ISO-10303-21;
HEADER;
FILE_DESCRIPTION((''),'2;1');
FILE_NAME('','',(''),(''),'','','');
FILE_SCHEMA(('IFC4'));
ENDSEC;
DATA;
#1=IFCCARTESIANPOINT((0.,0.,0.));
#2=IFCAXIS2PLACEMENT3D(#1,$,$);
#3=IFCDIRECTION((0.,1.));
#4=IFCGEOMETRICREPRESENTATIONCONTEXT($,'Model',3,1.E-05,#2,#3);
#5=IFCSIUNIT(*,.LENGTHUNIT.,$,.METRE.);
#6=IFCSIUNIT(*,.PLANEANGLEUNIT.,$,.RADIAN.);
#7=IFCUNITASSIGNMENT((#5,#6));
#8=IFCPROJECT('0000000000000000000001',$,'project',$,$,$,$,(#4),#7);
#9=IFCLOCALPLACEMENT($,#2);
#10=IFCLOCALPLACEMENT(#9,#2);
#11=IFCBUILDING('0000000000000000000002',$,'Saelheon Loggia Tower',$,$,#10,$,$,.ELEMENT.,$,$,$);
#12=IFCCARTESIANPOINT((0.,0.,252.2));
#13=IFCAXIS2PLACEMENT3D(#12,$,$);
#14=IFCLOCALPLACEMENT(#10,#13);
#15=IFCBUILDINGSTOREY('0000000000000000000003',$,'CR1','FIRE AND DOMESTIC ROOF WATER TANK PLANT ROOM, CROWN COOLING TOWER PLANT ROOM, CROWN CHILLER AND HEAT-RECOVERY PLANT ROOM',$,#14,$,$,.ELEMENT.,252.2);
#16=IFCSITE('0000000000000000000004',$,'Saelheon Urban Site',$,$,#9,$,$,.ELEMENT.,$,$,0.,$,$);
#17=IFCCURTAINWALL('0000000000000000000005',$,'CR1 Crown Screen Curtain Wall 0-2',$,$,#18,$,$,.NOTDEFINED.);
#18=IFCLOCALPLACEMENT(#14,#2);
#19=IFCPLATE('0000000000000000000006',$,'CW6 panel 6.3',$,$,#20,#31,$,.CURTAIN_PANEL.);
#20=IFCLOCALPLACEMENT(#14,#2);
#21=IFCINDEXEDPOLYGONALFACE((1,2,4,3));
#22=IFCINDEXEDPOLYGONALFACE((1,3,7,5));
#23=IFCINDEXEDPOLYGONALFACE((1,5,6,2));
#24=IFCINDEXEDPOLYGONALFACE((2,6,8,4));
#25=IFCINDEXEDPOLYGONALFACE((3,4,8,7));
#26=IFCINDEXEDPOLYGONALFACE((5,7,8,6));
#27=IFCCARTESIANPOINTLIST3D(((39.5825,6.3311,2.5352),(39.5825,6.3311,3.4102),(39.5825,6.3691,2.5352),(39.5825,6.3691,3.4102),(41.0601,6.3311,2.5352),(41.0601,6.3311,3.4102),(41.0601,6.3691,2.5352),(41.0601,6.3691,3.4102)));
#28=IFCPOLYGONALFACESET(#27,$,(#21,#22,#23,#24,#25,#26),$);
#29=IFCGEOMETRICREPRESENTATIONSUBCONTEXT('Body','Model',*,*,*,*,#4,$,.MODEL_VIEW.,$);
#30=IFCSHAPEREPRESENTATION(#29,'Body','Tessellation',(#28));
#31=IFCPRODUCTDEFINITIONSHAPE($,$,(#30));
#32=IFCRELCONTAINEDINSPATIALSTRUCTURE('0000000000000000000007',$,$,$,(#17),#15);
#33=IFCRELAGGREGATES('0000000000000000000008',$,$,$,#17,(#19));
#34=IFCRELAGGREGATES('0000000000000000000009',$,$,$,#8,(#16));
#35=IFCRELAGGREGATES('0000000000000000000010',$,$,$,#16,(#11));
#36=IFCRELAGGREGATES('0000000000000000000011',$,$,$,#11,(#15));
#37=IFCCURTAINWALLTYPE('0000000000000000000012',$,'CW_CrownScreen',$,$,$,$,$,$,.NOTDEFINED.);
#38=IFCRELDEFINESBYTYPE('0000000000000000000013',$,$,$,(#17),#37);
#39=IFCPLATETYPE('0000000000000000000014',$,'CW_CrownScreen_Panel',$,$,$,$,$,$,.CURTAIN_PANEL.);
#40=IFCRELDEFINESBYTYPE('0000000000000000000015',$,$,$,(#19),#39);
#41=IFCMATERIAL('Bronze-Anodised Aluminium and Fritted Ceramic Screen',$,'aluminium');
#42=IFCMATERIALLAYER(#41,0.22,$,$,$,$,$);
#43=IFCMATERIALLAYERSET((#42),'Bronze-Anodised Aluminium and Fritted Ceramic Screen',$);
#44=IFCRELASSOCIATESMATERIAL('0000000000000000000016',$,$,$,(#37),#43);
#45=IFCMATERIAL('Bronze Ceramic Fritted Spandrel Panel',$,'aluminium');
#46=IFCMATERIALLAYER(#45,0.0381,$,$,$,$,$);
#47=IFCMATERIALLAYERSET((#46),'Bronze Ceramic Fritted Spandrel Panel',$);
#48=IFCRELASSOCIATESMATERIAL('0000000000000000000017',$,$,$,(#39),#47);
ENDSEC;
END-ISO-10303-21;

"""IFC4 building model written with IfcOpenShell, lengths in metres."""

from ifc_helpers import new_model, si_unit, direction, frame, origin, origin_2d, place, context, subcontext, project, spatial, rectangle, extrude, source, transform, mapped, material, layer, layer_set, type_object, element, aggregate, save


model = new_model("IFC4")

# Units and contexts
model_context = context("Model", 3, precision=1e-05, world=origin(), true_north=direction((0.0, 1.0)))
body_context = subcontext(model_context, "Body", "Model", "MODEL_VIEW")
ifc_project = project(units=[si_unit("LENGTHUNIT", "METRE"), si_unit("PLANEANGLEUNIT", "RADIAN")], contexts=[model_context])

# Site, building, storey
site_placement = place(None, origin())
site = spatial("IfcSite", under=ifc_project, at=site_placement, Name="Saelheon Urban Site", CompositionType="ELEMENT", RefElevation=0.0)
building_placement = place(site_placement, origin())
building = spatial("IfcBuilding", under=site, at=building_placement, Name="Saelheon Loggia Tower", CompositionType="ELEMENT")
storey_placement = place(building_placement, frame((0.0, 0.0, 252.2)))
storey = spatial("IfcBuildingStorey", under=building, at=storey_placement, Name="CR1", Description="FIRE AND DOMESTIC ROOF WATER TANK PLANT ROOM, CROWN COOLING TOWER PLANT ROOM, CROWN CHILLER AND HEAT-RECOVERY PLANT ROOM", CompositionType="ELEMENT", Elevation=252.2)

# Curtain wall, plate
ifc_material_1 = material(Name="Bronze-Anodised Aluminium and Fritted Ceramic Screen", Category="aluminium")
ifc_layer_1 = layer(ifc_material_1, 0.22)
ifc_layer_set_1 = layer_set([ifc_layer_1], Name="Bronze-Anodised Aluminium and Fritted Ceramic Screen")
curtain_wall_type = type_object("IfcCurtainWallType", Name="CW_CrownScreen", PredefinedType="NOTDEFINED", material=ifc_layer_set_1)
curtain_wall_placement = place(storey_placement, origin())
curtain_wall = element("IfcCurtainWall", 1, at=curtain_wall_placement, inside=storey, type_object=curtain_wall_type, Name="CR1 Crown Screen Curtain Wall 0-2", PredefinedType="NOTDEFINED")
ifc_material_2 = material(Name="Bronze Ceramic Fritted Spandrel Panel", Category="aluminium")
ifc_layer_2 = layer(ifc_material_2, 0.0381)
ifc_layer_set_2 = layer_set([ifc_layer_2], Name="Bronze Ceramic Fritted Spandrel Panel")
plate_type = type_object("IfcPlateType", Name="CW_CrownScreen_Panel", PredefinedType="CURTAIN_PANEL", material=ifc_layer_set_2)
shared_shape_1 = source(origin(), body_context, "Body", "SweptSolid", [
    extrude(rectangle(XDim=1.4775, YDim=0.0381, at=origin_2d()), origin(), (0.0, 0.0, 1.0), 0.875),
])
plate_1_placement = place(storey_placement, frame((40.3213, 6.3501, 2.5352), z_axis=(0.0, 0.0, 1.0), x_axis=(1.0, 0.0, 0.0)))
plate_1 = element("IfcPlate", 2, at=plate_1_placement, type_object=plate_type, Name="CW6 panel 6.3", PredefinedType="CURTAIN_PANEL", context=body_context, shape_type="MappedRepresentation", body=[
    mapped(shared_shape_1, transform((0.0, 0.0, 0.0), scale=1.0)),
])
aggregate(curtain_wall, [plate_1])

save(model, "model.ifc")
